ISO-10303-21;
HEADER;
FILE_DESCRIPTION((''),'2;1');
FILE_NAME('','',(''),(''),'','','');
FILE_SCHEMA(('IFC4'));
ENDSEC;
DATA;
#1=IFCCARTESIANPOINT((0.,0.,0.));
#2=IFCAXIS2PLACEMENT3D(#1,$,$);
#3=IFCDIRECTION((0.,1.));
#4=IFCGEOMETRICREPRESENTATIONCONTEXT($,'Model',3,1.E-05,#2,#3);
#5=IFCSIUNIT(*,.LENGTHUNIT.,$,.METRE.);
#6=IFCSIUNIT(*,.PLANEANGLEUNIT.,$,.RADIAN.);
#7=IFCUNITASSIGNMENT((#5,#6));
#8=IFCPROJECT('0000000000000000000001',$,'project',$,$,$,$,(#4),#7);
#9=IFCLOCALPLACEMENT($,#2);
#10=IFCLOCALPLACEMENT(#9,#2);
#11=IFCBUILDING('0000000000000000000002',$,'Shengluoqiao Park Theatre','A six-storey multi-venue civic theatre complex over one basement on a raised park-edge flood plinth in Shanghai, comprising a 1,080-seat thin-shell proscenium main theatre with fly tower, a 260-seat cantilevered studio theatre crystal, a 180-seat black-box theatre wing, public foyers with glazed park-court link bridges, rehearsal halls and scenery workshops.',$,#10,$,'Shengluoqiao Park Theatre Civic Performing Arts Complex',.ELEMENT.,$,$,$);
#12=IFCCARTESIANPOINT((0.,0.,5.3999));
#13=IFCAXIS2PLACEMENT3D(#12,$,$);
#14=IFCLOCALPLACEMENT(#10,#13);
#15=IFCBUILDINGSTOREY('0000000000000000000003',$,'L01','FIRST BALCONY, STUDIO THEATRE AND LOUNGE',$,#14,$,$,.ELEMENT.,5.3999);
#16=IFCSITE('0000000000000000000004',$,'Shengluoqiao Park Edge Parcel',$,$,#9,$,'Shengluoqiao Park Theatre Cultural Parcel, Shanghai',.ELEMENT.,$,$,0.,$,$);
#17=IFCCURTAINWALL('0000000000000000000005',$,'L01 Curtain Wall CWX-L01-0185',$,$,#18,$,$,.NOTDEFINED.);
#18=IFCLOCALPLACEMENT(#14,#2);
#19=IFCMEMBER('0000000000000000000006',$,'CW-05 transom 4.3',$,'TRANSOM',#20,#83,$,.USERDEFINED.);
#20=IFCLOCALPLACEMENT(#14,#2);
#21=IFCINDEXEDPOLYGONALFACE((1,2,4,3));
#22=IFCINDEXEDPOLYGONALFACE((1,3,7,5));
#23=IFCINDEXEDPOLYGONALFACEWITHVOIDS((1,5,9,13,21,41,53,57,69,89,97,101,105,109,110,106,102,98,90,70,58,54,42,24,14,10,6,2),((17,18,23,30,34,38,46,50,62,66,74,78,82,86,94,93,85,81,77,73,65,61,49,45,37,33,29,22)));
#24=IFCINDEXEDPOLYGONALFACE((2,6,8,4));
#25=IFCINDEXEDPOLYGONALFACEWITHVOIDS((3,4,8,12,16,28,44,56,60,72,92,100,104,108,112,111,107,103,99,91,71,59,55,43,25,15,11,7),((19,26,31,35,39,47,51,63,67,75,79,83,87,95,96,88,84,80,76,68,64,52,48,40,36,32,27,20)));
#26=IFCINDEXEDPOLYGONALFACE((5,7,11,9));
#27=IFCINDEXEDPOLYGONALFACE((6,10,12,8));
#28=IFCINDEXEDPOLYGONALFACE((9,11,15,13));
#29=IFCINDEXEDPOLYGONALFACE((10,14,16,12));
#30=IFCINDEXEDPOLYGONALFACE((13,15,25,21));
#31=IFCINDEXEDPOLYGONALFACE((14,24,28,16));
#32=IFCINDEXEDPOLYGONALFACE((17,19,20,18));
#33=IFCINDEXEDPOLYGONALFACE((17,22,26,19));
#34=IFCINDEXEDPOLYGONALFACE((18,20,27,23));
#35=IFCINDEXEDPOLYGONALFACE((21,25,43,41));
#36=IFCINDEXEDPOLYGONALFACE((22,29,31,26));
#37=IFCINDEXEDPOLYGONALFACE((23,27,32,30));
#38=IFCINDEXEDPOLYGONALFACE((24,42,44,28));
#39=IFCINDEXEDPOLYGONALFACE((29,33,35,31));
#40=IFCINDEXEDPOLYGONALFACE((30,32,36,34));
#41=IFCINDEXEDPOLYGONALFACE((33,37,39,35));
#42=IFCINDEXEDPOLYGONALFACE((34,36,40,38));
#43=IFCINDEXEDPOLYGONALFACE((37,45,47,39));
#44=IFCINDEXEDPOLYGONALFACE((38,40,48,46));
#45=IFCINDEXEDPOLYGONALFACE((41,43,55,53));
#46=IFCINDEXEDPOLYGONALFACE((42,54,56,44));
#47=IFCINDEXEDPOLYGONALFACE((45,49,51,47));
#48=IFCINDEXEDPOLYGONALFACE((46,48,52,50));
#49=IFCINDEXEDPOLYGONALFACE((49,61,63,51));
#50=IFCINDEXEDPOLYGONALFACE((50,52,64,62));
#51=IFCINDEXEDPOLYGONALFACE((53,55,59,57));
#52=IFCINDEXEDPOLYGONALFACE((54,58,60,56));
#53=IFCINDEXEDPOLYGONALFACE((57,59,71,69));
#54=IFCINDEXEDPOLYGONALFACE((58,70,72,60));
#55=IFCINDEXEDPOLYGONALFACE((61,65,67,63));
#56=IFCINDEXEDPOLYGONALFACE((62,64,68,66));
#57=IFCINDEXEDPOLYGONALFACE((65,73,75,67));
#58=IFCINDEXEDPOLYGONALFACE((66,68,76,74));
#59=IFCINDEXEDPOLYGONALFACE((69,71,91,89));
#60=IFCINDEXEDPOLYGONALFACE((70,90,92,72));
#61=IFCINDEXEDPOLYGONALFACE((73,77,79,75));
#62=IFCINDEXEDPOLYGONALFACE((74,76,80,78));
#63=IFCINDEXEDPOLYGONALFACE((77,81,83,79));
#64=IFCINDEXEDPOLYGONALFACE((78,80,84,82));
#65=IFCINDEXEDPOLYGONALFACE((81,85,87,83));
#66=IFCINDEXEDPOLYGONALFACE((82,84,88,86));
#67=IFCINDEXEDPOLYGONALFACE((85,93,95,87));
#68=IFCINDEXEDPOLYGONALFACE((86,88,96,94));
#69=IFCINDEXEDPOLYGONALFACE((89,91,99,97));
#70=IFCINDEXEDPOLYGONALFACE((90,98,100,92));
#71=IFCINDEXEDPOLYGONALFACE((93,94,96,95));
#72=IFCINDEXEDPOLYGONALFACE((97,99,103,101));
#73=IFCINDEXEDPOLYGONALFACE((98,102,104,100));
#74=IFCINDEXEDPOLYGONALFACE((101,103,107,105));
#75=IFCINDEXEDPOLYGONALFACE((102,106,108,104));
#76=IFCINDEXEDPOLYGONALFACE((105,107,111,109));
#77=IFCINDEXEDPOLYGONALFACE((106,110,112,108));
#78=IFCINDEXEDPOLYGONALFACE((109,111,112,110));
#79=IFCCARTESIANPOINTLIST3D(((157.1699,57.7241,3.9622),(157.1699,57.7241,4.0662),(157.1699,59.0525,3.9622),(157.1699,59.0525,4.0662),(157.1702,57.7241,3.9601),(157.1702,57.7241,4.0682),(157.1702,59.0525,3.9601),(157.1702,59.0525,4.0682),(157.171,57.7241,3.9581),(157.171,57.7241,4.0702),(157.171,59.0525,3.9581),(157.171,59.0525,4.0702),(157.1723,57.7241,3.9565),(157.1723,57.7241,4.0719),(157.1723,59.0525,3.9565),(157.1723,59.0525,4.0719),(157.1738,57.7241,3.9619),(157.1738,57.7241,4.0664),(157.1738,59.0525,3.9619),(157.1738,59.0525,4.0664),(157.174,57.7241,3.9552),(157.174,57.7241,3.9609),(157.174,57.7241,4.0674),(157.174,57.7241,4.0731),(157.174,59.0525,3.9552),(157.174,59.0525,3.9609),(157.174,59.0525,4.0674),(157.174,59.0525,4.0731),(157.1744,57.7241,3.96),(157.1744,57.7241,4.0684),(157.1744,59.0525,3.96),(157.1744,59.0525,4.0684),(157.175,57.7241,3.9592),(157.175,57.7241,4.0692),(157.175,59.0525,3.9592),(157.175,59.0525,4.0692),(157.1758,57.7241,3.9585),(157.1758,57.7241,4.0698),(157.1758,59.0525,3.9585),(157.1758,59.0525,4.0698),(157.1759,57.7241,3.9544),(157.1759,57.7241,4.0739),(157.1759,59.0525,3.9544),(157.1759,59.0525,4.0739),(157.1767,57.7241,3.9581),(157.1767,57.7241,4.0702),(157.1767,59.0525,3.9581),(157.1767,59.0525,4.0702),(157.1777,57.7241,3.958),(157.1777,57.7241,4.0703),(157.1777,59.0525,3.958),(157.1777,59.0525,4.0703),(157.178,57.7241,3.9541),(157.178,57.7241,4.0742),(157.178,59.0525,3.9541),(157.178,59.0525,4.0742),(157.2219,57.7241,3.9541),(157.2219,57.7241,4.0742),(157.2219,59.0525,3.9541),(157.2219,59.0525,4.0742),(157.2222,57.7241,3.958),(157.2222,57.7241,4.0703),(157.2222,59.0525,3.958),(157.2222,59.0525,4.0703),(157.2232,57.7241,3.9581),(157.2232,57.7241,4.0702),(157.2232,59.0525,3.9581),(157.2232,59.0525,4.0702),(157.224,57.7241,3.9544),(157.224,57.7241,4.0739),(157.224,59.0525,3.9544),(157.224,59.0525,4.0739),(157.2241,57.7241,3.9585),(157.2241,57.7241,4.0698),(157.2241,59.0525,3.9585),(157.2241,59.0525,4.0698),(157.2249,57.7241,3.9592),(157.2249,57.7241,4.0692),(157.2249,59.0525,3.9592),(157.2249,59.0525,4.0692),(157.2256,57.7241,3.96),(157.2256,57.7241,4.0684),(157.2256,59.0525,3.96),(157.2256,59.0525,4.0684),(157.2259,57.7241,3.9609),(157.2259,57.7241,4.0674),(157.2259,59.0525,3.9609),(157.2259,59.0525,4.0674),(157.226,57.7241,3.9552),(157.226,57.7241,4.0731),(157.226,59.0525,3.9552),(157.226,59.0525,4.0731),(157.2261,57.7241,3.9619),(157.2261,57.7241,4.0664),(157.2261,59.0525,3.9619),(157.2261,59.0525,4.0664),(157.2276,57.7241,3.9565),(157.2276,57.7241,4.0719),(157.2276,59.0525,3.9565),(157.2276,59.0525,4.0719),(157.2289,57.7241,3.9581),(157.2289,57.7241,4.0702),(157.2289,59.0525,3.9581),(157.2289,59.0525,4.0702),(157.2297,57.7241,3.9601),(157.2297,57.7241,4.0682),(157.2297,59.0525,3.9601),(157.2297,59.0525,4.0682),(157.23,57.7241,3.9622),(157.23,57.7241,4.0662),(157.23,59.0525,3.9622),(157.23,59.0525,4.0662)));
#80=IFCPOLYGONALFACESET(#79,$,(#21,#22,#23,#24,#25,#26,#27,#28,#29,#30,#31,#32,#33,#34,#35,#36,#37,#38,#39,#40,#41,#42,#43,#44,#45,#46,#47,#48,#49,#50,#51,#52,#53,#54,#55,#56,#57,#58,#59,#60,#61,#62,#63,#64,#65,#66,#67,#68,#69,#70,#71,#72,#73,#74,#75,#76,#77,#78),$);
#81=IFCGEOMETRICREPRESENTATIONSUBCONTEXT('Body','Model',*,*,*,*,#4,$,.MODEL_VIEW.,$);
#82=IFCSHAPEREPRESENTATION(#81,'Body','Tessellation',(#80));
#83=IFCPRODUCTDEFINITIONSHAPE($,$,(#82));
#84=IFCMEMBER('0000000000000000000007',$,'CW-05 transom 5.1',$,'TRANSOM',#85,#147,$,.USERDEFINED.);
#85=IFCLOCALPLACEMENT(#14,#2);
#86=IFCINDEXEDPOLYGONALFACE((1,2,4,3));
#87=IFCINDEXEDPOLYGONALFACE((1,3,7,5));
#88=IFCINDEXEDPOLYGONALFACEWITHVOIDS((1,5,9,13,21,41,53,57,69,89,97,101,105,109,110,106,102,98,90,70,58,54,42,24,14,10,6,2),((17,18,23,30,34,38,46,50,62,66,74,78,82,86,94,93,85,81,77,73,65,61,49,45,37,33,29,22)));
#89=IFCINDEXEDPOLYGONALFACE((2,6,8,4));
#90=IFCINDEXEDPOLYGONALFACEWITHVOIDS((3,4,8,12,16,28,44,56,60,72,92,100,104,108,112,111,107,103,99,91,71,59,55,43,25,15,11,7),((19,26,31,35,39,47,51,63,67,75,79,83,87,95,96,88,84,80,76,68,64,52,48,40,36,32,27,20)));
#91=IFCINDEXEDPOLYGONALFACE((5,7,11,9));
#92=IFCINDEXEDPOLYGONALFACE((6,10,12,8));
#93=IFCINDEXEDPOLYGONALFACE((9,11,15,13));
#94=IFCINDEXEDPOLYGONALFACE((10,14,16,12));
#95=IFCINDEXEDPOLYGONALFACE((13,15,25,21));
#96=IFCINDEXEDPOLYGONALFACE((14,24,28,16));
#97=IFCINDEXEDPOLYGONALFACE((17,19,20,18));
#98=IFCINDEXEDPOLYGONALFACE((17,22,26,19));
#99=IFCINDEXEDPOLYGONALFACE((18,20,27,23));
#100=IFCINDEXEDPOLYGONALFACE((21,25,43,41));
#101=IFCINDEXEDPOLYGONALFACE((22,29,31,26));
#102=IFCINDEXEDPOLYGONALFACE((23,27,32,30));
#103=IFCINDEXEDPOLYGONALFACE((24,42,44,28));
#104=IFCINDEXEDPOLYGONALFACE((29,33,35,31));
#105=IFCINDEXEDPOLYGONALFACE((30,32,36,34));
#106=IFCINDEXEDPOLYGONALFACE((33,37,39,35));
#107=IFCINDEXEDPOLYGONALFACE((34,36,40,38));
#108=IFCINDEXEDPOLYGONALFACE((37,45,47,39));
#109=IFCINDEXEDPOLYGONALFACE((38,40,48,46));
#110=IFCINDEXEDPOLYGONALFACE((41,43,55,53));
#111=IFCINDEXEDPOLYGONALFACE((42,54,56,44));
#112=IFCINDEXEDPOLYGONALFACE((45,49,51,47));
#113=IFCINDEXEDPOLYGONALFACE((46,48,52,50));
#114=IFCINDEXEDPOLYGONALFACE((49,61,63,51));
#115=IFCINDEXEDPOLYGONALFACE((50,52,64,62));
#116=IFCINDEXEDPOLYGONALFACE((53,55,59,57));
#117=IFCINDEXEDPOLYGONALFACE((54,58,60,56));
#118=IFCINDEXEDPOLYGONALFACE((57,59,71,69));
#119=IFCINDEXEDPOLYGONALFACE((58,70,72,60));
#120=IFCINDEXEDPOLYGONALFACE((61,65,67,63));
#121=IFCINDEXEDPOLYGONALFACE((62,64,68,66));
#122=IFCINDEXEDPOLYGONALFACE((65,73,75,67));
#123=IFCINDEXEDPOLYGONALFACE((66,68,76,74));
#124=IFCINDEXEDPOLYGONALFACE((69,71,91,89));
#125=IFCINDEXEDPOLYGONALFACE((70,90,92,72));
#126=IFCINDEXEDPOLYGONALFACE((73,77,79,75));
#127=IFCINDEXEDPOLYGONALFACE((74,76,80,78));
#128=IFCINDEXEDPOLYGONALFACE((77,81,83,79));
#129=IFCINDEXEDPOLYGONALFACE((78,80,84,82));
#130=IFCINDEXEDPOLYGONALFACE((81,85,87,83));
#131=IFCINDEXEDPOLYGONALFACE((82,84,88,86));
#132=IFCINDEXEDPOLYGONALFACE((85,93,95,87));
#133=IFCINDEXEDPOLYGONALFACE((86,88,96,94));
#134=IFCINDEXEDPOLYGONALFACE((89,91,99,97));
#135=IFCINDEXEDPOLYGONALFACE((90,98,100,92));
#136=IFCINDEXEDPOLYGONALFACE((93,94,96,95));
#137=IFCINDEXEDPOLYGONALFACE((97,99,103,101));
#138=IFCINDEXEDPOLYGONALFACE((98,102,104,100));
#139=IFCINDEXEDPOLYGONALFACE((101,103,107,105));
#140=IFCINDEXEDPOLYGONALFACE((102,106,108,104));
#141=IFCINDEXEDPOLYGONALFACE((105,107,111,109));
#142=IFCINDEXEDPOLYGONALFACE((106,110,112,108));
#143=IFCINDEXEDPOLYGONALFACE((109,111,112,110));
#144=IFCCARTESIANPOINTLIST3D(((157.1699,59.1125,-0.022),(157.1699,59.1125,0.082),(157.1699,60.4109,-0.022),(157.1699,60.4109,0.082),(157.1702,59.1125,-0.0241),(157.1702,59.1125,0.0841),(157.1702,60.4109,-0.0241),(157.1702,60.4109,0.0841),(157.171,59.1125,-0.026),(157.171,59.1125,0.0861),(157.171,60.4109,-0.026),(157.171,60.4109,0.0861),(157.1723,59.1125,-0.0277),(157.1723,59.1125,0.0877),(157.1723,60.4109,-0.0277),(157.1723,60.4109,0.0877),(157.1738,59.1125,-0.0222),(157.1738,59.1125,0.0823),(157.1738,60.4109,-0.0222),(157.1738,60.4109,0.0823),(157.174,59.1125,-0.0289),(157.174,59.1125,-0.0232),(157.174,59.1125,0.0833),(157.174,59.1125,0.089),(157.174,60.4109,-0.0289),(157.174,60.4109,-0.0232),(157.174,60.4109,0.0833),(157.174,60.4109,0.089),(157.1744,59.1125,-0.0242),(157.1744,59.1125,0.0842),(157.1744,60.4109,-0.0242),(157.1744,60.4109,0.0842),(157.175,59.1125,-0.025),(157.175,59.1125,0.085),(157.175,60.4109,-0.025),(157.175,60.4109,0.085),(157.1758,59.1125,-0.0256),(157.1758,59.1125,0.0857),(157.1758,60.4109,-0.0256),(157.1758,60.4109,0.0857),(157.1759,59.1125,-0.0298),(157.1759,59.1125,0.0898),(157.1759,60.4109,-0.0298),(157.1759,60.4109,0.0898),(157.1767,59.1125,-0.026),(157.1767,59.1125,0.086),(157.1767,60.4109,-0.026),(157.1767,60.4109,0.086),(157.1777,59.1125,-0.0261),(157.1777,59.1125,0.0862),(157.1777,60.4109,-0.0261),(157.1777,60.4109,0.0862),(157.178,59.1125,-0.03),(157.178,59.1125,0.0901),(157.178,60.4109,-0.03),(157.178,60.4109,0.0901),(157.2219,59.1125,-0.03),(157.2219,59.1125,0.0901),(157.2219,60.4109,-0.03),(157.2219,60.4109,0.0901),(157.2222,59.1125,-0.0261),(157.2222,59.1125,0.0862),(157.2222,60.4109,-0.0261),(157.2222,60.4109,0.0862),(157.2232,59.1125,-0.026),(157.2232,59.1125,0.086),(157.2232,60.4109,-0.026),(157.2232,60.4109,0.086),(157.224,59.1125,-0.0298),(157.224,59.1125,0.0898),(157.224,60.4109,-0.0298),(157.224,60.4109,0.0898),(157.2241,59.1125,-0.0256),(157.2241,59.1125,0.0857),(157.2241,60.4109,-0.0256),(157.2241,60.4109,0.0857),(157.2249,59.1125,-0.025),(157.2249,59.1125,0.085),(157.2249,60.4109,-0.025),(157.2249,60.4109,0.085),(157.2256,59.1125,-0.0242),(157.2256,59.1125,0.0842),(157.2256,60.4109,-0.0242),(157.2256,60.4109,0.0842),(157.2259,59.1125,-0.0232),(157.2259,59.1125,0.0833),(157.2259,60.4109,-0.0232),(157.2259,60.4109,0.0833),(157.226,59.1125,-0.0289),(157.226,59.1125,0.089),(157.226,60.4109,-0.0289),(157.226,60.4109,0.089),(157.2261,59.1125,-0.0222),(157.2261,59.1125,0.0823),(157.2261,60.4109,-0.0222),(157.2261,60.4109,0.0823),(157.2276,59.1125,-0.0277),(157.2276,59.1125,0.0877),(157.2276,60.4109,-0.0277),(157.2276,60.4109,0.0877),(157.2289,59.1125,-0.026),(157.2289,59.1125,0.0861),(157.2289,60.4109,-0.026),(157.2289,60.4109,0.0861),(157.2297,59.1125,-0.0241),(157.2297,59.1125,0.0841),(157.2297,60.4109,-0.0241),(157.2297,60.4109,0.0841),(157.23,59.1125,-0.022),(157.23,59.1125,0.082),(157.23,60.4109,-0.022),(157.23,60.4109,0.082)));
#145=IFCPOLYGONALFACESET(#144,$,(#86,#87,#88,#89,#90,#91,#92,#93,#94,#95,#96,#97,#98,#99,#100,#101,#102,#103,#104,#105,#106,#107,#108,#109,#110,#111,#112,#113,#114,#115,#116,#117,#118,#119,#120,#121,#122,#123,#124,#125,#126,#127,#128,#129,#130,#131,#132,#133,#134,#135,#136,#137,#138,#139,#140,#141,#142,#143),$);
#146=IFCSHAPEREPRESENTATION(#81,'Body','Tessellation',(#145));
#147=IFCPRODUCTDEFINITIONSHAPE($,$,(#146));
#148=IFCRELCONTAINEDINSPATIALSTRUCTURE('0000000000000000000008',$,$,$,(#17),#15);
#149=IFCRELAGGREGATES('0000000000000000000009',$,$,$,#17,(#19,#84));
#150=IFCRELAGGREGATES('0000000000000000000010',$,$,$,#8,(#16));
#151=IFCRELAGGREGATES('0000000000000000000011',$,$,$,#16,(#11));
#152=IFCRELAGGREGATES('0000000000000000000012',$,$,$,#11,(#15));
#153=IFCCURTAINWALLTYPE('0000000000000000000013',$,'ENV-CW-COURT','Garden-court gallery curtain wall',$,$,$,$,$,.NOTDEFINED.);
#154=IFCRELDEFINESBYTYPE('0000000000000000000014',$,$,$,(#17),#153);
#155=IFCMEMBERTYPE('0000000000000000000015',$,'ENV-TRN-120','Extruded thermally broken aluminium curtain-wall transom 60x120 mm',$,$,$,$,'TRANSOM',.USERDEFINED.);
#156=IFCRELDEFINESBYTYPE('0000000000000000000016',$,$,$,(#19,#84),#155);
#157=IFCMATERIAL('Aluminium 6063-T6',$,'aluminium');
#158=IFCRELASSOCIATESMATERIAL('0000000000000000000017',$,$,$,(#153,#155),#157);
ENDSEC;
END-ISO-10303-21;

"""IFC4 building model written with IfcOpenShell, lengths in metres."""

from ifc_helpers import new_model, si_unit, direction, frame, origin, origin_2d, place, context, subcontext, project, spatial, hollow_rectangle, extrude, material, material_profile, profile_set, type_object, element, aggregate, save


model = new_model("IFC4")

# Units and contexts
model_context = context("Model", 3, precision=1e-05, world=origin(), true_north=direction((0.0, 1.0)))
body_context = subcontext(model_context, "Body", "Model", "MODEL_VIEW")
ifc_project = project(units=[si_unit("LENGTHUNIT", "METRE"), si_unit("PLANEANGLEUNIT", "RADIAN")], contexts=[model_context])

# Site, building, storey
site_placement = place(None, origin())
site = spatial("IfcSite", under=ifc_project, at=site_placement, Name="Shengluoqiao Park Edge Parcel", LongName="Shengluoqiao Park Theatre Cultural Parcel, Shanghai", CompositionType="ELEMENT", RefElevation=0.0)
building_placement = place(site_placement, origin())
building = spatial("IfcBuilding", under=site, at=building_placement, Name="Shengluoqiao Park Theatre", Description="A six-storey multi-venue civic theatre complex over one basement on a raised park-edge flood plinth in Shanghai, comprising a 1,080-seat thin-shell proscenium main theatre with fly tower, a 260-seat cantilevered studio theatre crystal, a 180-seat black-box theatre wing, public foyers with glazed park-court link bridges, rehearsal halls and scenery workshops.", LongName="Shengluoqiao Park Theatre Civic Performing Arts Complex", CompositionType="ELEMENT")
storey_placement = place(building_placement, frame((0.0, 0.0, 5.3999)))
storey = spatial("IfcBuildingStorey", under=building, at=storey_placement, Name="L01", Description="FIRST BALCONY, STUDIO THEATRE AND LOUNGE", CompositionType="ELEMENT", Elevation=5.3999)

# Shared definitions
ifc_material_1 = material(Name="Aluminium 6063-T6", Category="aluminium")

# Curtain wall
curtain_wall_type_1 = type_object("IfcCurtainWallType", Name="ENV-CW-COURT", Description="Garden-court gallery curtain wall", PredefinedType="NOTDEFINED", material=ifc_material_1)
curtain_wall_1_placement = place(storey_placement, origin())
curtain_wall_1 = element("IfcCurtainWall", 1, at=curtain_wall_1_placement, inside=storey, type_object=curtain_wall_type_1, Name="L01 Curtain Wall CWX-L01-0185", PredefinedType="NOTDEFINED")

# Members
ifc_material_profile_1 = material_profile(ifc_material_1, hollow_rectangle(XDim=0.0601, YDim=0.1201, WallThickness=0.0039, InnerFilletRadius=0.0039, OuterFilletRadius=0.0081, at=origin_2d()), Name="ALU TRANSOM 120x60x4")
ifc_profile_set_1 = profile_set([ifc_material_profile_1], Name="Aluminium 6063-T6")
member_type_1 = type_object("IfcMemberType", Name="ENV-TRN-120", Description="Extruded thermally broken aluminium curtain-wall transom 60x120 mm", ElementType="TRANSOM", PredefinedType="USERDEFINED", material=ifc_profile_set_1)
member_1_placement = place(storey_placement, frame((157.2, 57.7241, 4.0142), z_axis=(0.0, 1.0, 0.0), x_axis=(-1.0, 0.0, 0.0)))
member_1 = element("IfcMember", 2, at=member_1_placement, type_object=member_type_1, Name="CW-05 transom 4.3", ObjectType="TRANSOM", PredefinedType="USERDEFINED", context=body_context, shape_type="SweptSolid", body=[
    extrude(hollow_rectangle(XDim=0.0601, YDim=0.1201, WallThickness=0.0039, InnerFilletRadius=0.0039, OuterFilletRadius=0.0081, at=origin_2d()), origin(), (0.0, 0.0, 1.0), 1.3284),
])
member_2_placement = place(storey_placement, frame((157.2, 59.1125, 0.03), z_axis=(0.0, 1.0, 0.0), x_axis=(-1.0, 0.0, 0.0)))
member_2 = element("IfcMember", 3, at=member_2_placement, type_object=member_type_1, Name="CW-05 transom 5.1", ObjectType="TRANSOM", PredefinedType="USERDEFINED", context=body_context, shape_type="SweptSolid", body=[
    extrude(hollow_rectangle(XDim=0.0601, YDim=0.1201, WallThickness=0.0039, InnerFilletRadius=0.0039, OuterFilletRadius=0.0081, at=origin_2d()), origin(), (0.0, 0.0, 1.0), 1.2983),
])

aggregate(curtain_wall_1, [member_1, member_2])

save(model, "model.ifc")
